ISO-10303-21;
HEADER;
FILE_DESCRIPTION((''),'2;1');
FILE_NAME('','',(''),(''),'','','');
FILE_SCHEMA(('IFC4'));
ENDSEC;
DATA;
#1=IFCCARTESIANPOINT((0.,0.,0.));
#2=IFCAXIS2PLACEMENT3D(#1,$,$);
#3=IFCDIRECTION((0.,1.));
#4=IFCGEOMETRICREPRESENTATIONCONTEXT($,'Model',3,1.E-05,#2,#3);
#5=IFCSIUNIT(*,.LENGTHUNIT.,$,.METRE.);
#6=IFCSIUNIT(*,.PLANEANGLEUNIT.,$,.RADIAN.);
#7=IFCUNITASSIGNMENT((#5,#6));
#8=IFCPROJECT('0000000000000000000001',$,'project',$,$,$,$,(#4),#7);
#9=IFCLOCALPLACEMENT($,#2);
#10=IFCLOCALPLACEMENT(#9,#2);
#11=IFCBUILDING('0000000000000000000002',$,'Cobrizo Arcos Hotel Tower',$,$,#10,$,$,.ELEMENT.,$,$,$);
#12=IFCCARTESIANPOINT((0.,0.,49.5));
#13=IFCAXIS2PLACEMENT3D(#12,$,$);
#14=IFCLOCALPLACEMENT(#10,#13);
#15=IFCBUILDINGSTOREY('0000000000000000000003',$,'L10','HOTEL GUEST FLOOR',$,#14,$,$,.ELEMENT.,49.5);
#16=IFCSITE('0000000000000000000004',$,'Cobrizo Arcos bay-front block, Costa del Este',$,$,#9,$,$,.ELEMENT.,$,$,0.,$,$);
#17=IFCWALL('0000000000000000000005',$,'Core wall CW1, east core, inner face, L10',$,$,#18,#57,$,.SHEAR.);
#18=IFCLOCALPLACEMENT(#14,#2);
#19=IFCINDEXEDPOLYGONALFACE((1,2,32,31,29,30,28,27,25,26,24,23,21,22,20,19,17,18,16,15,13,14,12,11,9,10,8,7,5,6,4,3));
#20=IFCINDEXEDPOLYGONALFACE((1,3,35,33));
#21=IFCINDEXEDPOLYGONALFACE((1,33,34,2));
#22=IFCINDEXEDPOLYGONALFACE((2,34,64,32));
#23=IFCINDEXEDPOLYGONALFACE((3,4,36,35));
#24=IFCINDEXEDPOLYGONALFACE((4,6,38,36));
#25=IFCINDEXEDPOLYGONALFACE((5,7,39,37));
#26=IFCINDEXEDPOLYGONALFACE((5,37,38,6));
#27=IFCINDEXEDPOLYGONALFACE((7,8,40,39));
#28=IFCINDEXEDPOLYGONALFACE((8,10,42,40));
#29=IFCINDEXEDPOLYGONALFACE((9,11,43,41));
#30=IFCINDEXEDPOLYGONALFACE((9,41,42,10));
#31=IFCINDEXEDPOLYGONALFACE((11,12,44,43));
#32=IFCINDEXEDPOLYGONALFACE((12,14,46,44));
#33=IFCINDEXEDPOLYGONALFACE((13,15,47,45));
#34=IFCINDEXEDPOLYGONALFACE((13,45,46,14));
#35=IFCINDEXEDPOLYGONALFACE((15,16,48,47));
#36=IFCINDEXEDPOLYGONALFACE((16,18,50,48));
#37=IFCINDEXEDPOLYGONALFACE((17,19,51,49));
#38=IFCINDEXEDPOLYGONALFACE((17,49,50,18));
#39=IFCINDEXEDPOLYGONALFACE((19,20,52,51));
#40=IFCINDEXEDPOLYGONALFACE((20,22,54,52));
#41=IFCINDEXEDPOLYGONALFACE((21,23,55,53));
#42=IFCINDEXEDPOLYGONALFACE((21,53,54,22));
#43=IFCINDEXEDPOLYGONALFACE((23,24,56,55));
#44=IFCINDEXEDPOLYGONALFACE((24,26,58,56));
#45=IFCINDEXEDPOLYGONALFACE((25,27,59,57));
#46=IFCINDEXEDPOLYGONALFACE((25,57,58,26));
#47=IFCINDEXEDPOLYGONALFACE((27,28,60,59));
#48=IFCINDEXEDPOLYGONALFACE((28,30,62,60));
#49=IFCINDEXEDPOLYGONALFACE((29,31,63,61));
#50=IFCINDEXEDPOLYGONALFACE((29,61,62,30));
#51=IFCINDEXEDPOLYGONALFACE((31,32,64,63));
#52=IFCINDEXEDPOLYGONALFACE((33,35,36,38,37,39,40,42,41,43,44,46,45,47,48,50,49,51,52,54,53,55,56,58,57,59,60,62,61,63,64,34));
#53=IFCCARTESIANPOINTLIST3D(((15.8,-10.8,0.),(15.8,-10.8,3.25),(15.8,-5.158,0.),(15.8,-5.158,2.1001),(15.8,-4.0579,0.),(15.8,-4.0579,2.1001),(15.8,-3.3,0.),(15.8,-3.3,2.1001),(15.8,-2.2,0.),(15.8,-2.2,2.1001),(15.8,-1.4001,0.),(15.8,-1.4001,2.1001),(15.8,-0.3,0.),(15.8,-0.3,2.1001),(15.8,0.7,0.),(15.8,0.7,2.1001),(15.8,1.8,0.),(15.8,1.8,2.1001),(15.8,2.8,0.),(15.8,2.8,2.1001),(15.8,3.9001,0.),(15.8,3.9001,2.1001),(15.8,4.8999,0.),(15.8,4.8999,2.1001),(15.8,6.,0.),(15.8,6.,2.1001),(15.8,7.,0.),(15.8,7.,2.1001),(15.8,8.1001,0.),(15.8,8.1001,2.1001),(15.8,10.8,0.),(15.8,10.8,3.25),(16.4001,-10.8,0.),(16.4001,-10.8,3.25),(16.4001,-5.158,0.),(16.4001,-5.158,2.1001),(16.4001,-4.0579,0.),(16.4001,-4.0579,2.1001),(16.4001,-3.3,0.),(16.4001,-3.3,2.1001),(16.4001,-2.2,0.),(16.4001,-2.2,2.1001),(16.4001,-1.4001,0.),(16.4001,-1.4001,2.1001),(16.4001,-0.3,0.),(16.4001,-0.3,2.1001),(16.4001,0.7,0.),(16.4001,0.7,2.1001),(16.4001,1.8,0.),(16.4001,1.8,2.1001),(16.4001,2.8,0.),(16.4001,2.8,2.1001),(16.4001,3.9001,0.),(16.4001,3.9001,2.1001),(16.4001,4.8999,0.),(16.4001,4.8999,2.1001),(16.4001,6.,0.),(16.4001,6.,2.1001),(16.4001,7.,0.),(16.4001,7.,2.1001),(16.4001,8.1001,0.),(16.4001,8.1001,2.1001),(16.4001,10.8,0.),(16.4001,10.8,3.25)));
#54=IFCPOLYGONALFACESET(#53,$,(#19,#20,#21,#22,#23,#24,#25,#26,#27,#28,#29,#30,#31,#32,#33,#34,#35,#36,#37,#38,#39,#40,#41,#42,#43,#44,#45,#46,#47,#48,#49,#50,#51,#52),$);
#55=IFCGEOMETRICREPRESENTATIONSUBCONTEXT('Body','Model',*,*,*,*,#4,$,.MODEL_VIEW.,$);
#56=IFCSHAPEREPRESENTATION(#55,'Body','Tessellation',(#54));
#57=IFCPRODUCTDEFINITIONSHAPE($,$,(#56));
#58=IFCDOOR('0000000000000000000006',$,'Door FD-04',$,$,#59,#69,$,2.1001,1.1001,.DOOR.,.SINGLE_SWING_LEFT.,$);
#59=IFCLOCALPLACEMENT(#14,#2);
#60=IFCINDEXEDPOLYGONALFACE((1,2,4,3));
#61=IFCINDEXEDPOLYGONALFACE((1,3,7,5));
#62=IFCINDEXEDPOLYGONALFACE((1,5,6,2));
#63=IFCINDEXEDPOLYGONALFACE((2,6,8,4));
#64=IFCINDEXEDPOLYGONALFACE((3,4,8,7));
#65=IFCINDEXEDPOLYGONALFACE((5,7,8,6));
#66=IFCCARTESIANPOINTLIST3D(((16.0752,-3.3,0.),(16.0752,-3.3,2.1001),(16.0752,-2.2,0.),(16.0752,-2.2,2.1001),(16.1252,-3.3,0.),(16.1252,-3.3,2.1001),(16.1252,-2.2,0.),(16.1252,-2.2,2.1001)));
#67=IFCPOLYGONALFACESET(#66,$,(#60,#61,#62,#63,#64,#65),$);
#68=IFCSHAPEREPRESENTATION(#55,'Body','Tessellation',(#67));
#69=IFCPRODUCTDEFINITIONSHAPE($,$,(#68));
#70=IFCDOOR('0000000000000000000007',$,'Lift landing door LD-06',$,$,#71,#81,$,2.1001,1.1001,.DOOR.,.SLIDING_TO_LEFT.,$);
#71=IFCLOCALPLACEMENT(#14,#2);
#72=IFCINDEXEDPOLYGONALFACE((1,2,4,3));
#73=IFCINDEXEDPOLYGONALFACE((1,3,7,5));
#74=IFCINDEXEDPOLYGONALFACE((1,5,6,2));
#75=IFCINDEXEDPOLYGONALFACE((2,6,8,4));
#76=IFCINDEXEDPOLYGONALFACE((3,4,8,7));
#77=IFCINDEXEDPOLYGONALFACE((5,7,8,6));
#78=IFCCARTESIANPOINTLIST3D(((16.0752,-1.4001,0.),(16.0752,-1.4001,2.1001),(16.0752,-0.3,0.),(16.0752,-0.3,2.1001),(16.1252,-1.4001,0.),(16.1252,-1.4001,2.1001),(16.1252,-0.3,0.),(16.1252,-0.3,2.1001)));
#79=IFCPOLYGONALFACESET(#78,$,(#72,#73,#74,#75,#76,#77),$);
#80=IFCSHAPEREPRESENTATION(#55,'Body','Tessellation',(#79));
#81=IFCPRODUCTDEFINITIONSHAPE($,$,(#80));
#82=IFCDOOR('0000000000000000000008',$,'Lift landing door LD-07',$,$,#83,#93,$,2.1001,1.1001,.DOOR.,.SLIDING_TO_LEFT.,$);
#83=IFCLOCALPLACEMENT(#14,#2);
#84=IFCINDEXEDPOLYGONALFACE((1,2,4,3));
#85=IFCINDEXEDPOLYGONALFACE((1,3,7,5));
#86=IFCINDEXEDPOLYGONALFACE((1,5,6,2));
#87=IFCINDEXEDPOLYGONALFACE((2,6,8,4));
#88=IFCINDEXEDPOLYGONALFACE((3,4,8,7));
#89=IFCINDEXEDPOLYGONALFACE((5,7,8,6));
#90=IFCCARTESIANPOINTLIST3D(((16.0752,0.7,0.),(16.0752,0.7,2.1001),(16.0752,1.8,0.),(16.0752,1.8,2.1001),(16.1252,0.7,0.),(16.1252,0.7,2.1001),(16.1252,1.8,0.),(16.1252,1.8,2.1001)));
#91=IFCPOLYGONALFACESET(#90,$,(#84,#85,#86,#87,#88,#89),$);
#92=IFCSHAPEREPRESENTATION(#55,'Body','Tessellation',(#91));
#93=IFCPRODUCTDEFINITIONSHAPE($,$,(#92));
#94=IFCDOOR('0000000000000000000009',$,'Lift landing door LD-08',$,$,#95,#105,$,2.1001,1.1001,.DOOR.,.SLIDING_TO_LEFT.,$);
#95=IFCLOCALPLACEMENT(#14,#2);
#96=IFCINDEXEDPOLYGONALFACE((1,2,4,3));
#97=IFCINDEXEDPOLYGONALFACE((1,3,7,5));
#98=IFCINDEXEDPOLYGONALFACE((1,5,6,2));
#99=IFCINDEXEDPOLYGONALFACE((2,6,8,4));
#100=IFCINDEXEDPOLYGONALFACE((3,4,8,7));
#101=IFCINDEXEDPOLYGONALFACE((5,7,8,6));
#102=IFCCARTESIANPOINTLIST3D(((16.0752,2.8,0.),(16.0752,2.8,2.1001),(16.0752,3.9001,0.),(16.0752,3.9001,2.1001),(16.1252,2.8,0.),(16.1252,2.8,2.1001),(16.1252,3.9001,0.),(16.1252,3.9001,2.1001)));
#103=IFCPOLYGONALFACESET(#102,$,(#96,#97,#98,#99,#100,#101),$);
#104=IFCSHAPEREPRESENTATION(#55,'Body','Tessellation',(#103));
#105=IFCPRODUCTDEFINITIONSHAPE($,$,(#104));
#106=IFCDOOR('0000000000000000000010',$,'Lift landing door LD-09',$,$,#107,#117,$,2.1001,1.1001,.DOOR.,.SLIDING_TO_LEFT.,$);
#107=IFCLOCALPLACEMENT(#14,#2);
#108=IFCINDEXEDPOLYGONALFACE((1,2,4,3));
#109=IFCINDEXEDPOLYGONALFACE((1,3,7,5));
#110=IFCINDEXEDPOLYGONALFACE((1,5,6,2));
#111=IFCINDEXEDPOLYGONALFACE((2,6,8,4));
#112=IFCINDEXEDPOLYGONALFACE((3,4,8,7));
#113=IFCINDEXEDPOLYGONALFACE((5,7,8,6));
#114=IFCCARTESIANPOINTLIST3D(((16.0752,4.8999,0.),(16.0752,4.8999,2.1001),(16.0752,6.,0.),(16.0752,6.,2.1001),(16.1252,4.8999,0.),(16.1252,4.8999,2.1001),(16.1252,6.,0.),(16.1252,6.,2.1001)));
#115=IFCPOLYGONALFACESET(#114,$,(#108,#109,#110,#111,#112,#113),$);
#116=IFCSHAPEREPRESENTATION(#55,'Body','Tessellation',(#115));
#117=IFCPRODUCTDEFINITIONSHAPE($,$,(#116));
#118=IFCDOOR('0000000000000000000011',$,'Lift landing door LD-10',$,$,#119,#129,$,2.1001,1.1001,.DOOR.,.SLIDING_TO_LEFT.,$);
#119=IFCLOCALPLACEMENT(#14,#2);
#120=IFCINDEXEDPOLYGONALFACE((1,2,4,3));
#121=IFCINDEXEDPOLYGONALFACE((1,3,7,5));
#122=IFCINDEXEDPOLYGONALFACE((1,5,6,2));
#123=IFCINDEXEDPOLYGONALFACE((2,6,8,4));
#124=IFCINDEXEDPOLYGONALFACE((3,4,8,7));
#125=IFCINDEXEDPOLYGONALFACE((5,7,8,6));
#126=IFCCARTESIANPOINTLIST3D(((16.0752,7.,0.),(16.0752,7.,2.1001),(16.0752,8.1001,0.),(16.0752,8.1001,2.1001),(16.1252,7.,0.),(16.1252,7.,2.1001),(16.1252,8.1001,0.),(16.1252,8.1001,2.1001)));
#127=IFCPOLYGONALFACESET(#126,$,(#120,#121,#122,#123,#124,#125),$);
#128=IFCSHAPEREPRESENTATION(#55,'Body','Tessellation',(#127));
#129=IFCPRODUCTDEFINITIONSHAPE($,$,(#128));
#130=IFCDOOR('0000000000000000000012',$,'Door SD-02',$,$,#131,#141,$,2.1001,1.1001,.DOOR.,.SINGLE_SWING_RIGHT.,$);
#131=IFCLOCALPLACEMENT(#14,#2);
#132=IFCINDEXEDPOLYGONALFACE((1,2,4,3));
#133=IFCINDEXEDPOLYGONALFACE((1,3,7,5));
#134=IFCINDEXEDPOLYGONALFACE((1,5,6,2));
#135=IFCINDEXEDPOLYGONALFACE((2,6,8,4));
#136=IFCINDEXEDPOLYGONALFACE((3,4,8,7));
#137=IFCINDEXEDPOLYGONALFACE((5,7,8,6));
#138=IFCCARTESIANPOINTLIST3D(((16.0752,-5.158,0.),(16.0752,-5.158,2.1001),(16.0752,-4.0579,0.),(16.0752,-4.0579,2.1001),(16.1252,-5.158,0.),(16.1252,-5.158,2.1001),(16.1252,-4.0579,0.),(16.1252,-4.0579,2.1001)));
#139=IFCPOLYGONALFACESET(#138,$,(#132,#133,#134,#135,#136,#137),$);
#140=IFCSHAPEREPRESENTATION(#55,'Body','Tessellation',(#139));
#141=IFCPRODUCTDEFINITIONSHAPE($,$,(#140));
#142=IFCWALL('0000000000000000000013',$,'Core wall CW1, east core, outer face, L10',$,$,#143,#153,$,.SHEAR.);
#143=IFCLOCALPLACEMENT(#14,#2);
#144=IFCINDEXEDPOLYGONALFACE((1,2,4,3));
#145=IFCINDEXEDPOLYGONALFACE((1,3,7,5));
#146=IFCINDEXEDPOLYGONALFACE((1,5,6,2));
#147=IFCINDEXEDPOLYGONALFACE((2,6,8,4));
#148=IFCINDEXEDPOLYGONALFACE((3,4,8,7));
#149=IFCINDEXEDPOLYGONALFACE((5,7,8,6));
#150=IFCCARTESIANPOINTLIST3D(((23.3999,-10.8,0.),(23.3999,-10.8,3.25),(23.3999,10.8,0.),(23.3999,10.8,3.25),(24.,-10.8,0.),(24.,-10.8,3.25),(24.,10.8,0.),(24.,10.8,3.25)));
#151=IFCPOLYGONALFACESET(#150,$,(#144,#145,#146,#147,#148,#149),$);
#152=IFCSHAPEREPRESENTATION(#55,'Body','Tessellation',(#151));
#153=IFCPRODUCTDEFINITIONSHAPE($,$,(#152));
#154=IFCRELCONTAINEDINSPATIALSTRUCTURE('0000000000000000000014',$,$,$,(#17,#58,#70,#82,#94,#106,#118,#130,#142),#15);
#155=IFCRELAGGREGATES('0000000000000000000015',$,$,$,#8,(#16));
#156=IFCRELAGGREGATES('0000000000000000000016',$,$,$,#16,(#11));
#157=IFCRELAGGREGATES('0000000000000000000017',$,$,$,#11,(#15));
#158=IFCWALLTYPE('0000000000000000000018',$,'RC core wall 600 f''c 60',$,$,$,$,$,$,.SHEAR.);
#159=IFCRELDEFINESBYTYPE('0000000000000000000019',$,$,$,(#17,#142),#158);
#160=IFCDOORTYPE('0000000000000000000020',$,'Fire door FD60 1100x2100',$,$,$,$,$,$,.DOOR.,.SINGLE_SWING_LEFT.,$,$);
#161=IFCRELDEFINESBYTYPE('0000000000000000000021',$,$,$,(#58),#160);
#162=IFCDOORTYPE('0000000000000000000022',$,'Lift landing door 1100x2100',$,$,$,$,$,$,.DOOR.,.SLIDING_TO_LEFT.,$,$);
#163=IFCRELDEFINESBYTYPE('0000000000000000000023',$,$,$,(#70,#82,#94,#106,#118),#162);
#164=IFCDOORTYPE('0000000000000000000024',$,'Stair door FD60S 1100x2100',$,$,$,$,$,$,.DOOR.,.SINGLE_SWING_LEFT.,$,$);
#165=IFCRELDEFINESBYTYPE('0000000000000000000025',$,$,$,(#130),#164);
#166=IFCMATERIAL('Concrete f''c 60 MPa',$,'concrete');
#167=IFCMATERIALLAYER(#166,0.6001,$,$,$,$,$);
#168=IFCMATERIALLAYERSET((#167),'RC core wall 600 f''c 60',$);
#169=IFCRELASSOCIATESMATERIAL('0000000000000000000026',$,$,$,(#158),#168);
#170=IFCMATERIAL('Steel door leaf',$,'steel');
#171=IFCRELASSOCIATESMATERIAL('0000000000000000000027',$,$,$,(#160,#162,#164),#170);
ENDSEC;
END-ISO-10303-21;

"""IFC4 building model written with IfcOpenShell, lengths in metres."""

from ifc_helpers import new_model, si_unit, direction, frame, frame_2d, origin, place, context, subcontext, project, spatial, rectangle, extrude, material, layer, layer_set, type_object, element, fill, save


model = new_model("IFC4")

# Units and contexts
model_context = context("Model", 3, precision=1e-05, world=origin(), true_north=direction((0.0, 1.0)))
body_context = subcontext(model_context, "Body", "Model", "MODEL_VIEW")
ifc_project = project(units=[si_unit("LENGTHUNIT", "METRE"), si_unit("PLANEANGLEUNIT", "RADIAN")], contexts=[model_context])

# Site, building, storey
site_placement = place(None, origin())
site = spatial("IfcSite", under=ifc_project, at=site_placement, Name="Cobrizo Arcos bay-front block, Costa del Este", CompositionType="ELEMENT", RefElevation=0.0)
building_placement = place(site_placement, origin())
building = spatial("IfcBuilding", under=site, at=building_placement, Name="Cobrizo Arcos Hotel Tower", CompositionType="ELEMENT")
storey_placement = place(building_placement, frame((0.0, 0.0, 49.5)))
storey = spatial("IfcBuildingStorey", under=building, at=storey_placement, Name="L10", Description="HOTEL GUEST FLOOR", CompositionType="ELEMENT", Elevation=49.5)

# Wall, openings, doors
ifc_material_1 = material(Name="Concrete f'c 60 MPa", Category="concrete")
ifc_layer_1 = layer(ifc_material_1, 0.6001)
ifc_layer_set_1 = layer_set([ifc_layer_1], Name="RC core wall 600 f'c 60")
wall_type_1 = type_object("IfcWallType", Name="RC core wall 600 f'c 60", PredefinedType="SHEAR", material=ifc_layer_set_1)
wall_1_placement = place(storey_placement, frame((16.1001, -10.8, 0.0), z_axis=(0.0, 0.0, 1.0), x_axis=(0.0, 1.0, 0.0)))
wall_1 = element("IfcWall", 1, at=wall_1_placement, inside=storey, type_object=wall_type_1, Name="Core wall CW1, east core, inner face, L10", PredefinedType="SHEAR", context=body_context, shape_type="SweptSolid", body=[
    extrude(rectangle(XDim=21.6001, YDim=0.6001, at=frame_2d((10.8, 0.0))), origin(), (0.0, 0.0, 1.0), 3.25),
])
opening_1_placement = place(wall_1_placement, frame((9.3999, 0.0, 0.0)))
opening_1 = element("IfcOpeningElement", 2, at=opening_1_placement, cuts=wall_1, PredefinedType="OPENING", context=body_context, shape_type="SweptSolid", body=[
    extrude(rectangle(XDim=1.1001, YDim=2.1001, at=frame_2d((0.55, 1.05))), frame((0.0, 0.312, 0.0), z_axis=(0.0, -1.0, 0.0), x_axis=(1.0, 0.0, 0.0)), (0.0, 0.0, 1.0), 0.624),
])
opening_2_placement = place(wall_1_placement, frame((11.5, 0.0, 0.0)))
opening_2 = element("IfcOpeningElement", 3, at=opening_2_placement, cuts=wall_1, PredefinedType="OPENING", context=body_context, shape_type="SweptSolid", body=[
    extrude(rectangle(XDim=1.1001, YDim=2.1001, at=frame_2d((0.55, 1.05))), frame((0.0, 0.312, 0.0), z_axis=(0.0, -1.0, 0.0), x_axis=(1.0, 0.0, 0.0)), (0.0, 0.0, 1.0), 0.624),
])
opening_3_placement = place(wall_1_placement, frame((13.6001, 0.0, 0.0)))
opening_3 = element("IfcOpeningElement", 4, at=opening_3_placement, cuts=wall_1, PredefinedType="OPENING", context=body_context, shape_type="SweptSolid", body=[
    extrude(rectangle(XDim=1.1001, YDim=2.1001, at=frame_2d((0.55, 1.05))), frame((0.0, 0.312, 0.0), z_axis=(0.0, -1.0, 0.0), x_axis=(1.0, 0.0, 0.0)), (0.0, 0.0, 1.0), 0.624),
])
opening_4_placement = place(wall_1_placement, frame((15.7, 0.0, 0.0)))
opening_4 = element("IfcOpeningElement", 5, at=opening_4_placement, cuts=wall_1, PredefinedType="OPENING", context=body_context, shape_type="SweptSolid", body=[
    extrude(rectangle(XDim=1.1001, YDim=2.1001, at=frame_2d((0.55, 1.05))), frame((0.0, 0.312, 0.0), z_axis=(0.0, -1.0, 0.0), x_axis=(1.0, 0.0, 0.0)), (0.0, 0.0, 1.0), 0.624),
])
opening_5_placement = place(wall_1_placement, frame((17.8, 0.0, 0.0)))
opening_5 = element("IfcOpeningElement", 6, at=opening_5_placement, cuts=wall_1, PredefinedType="OPENING", context=body_context, shape_type="SweptSolid", body=[
    extrude(rectangle(XDim=1.1001, YDim=2.1001, at=frame_2d((0.55, 1.05))), frame((0.0, 0.312, 0.0), z_axis=(0.0, -1.0, 0.0), x_axis=(1.0, 0.0, 0.0)), (0.0, 0.0, 1.0), 0.624),
])
opening_6_placement = place(wall_1_placement, frame((5.6421, 0.0, 0.0)))
opening_6 = element("IfcOpeningElement", 7, at=opening_6_placement, cuts=wall_1, PredefinedType="OPENING", context=body_context, shape_type="SweptSolid", body=[
    extrude(rectangle(XDim=1.1001, YDim=2.1001, at=frame_2d((0.55, 1.05))), frame((0.0, 0.312, 0.0), z_axis=(0.0, -1.0, 0.0), x_axis=(1.0, 0.0, 0.0)), (0.0, 0.0, 1.0), 0.624),
])
opening_7_placement = place(wall_1_placement, frame((7.5, 0.0, 0.0)))
opening_7 = element("IfcOpeningElement", 8, at=opening_7_placement, cuts=wall_1, PredefinedType="OPENING", context=body_context, shape_type="SweptSolid", body=[
    extrude(rectangle(XDim=1.1001, YDim=2.1001, at=frame_2d((0.55, 1.05))), frame((0.0, 0.312, 0.0), z_axis=(0.0, -1.0, 0.0), x_axis=(1.0, 0.0, 0.0)), (0.0, 0.0, 1.0), 0.624),
])
ifc_material_2 = material(Name="Steel door leaf", Category="steel")
door_type_1 = type_object("IfcDoorType", Name="Fire door FD60 1100x2100", OperationType="SINGLE_SWING_LEFT", PredefinedType="DOOR", material=ifc_material_2)
door_1_placement = place(opening_7_placement, origin())
door_1 = element("IfcDoor", 9, at=door_1_placement, inside=storey, type_object=door_type_1, Name="Door FD-04", OperationType="SINGLE_SWING_LEFT", OverallHeight=2.1001, OverallWidth=1.1001, PredefinedType="DOOR", context=body_context, shape_type="SweptSolid", body=[
    extrude(rectangle(XDim=1.1001, YDim=2.1001, at=frame_2d((0.55, 1.05))), frame((0.0, 0.0249, 0.0), z_axis=(0.0, -1.0, 0.0), x_axis=(1.0, 0.0, 0.0)), (0.0, 0.0, 1.0), 0.05),
])
fill(opening_7, door_1)
door_type_2 = type_object("IfcDoorType", Name="Lift landing door 1100x2100", OperationType="SLIDING_TO_LEFT", PredefinedType="DOOR", material=ifc_material_2)
door_2_placement = place(opening_1_placement, origin())
door_2 = element("IfcDoor", 10, at=door_2_placement, inside=storey, type_object=door_type_2, Name="Lift landing door LD-06", OperationType="SLIDING_TO_LEFT", OverallHeight=2.1001, OverallWidth=1.1001, PredefinedType="DOOR", context=body_context, shape_type="SweptSolid", body=[
    extrude(rectangle(XDim=1.1001, YDim=2.1001, at=frame_2d((0.55, 1.05))), frame((0.0, 0.0249, 0.0), z_axis=(0.0, -1.0, 0.0), x_axis=(1.0, 0.0, 0.0)), (0.0, 0.0, 1.0), 0.05),
])
fill(opening_1, door_2)
door_3_placement = place(opening_2_placement, origin())
door_3 = element("IfcDoor", 11, at=door_3_placement, inside=storey, type_object=door_type_2, Name="Lift landing door LD-07", OperationType="SLIDING_TO_LEFT", OverallHeight=2.1001, OverallWidth=1.1001, PredefinedType="DOOR", context=body_context, shape_type="SweptSolid", body=[
    extrude(rectangle(XDim=1.1001, YDim=2.1001, at=frame_2d((0.55, 1.05))), frame((0.0, 0.0249, 0.0), z_axis=(0.0, -1.0, 0.0), x_axis=(1.0, 0.0, 0.0)), (0.0, 0.0, 1.0), 0.05),
])
fill(opening_2, door_3)
door_4_placement = place(opening_3_placement, origin())
door_4 = element("IfcDoor", 12, at=door_4_placement, inside=storey, type_object=door_type_2, Name="Lift landing door LD-08", OperationType="SLIDING_TO_LEFT", OverallHeight=2.1001, OverallWidth=1.1001, PredefinedType="DOOR", context=body_context, shape_type="SweptSolid", body=[
    extrude(rectangle(XDim=1.1001, YDim=2.1001, at=frame_2d((0.55, 1.05))), frame((0.0, 0.0249, 0.0), z_axis=(0.0, -1.0, 0.0), x_axis=(1.0, 0.0, 0.0)), (0.0, 0.0, 1.0), 0.05),
])
fill(opening_3, door_4)
door_5_placement = place(opening_4_placement, origin())
door_5 = element("IfcDoor", 13, at=door_5_placement, inside=storey, type_object=door_type_2, Name="Lift landing door LD-09", OperationType="SLIDING_TO_LEFT", OverallHeight=2.1001, OverallWidth=1.1001, PredefinedType="DOOR", context=body_context, shape_type="SweptSolid", body=[
    extrude(rectangle(XDim=1.1001, YDim=2.1001, at=frame_2d((0.55, 1.05))), frame((0.0, 0.0249, 0.0), z_axis=(0.0, -1.0, 0.0), x_axis=(1.0, 0.0, 0.0)), (0.0, 0.0, 1.0), 0.05),
])
fill(opening_4, door_5)
door_6_placement = place(opening_5_placement, origin())
door_6 = element("IfcDoor", 14, at=door_6_placement, inside=storey, type_object=door_type_2, Name="Lift landing door LD-10", OperationType="SLIDING_TO_LEFT", OverallHeight=2.1001, OverallWidth=1.1001, PredefinedType="DOOR", context=body_context, shape_type="SweptSolid", body=[
    extrude(rectangle(XDim=1.1001, YDim=2.1001, at=frame_2d((0.55, 1.05))), frame((0.0, 0.0249, 0.0), z_axis=(0.0, -1.0, 0.0), x_axis=(1.0, 0.0, 0.0)), (0.0, 0.0, 1.0), 0.05),
])
fill(opening_5, door_6)
door_type_3 = type_object("IfcDoorType", Name="Stair door FD60S 1100x2100", OperationType="SINGLE_SWING_LEFT", PredefinedType="DOOR", material=ifc_material_2)
door_7_placement = place(opening_6_placement, origin())
door_7 = element("IfcDoor", 15, at=door_7_placement, inside=storey, type_object=door_type_3, Name="Door SD-02", OperationType="SINGLE_SWING_RIGHT", OverallHeight=2.1001, OverallWidth=1.1001, PredefinedType="DOOR", context=body_context, shape_type="SweptSolid", body=[
    extrude(rectangle(XDim=1.1001, YDim=2.1001, at=frame_2d((0.55, 1.05))), frame((0.0, 0.0249, 0.0), z_axis=(0.0, -1.0, 0.0), x_axis=(1.0, 0.0, 0.0)), (0.0, 0.0, 1.0), 0.05),
])
fill(opening_6, door_7)

# Wall
wall_2_placement = place(storey_placement, frame((23.7, -10.8, 0.0), z_axis=(0.0, 0.0, 1.0), x_axis=(0.0, 1.0, 0.0)))
element("IfcWall", 16, at=wall_2_placement, inside=storey, type_object=wall_type_1, Name="Core wall CW1, east core, outer face, L10", PredefinedType="SHEAR", context=body_context, shape_type="SweptSolid", body=[
    extrude(rectangle(XDim=21.6001, YDim=0.6001, at=frame_2d((10.8, 0.0))), origin(), (0.0, 0.0, 1.0), 3.25),
])

save(model, "model.ifc")
